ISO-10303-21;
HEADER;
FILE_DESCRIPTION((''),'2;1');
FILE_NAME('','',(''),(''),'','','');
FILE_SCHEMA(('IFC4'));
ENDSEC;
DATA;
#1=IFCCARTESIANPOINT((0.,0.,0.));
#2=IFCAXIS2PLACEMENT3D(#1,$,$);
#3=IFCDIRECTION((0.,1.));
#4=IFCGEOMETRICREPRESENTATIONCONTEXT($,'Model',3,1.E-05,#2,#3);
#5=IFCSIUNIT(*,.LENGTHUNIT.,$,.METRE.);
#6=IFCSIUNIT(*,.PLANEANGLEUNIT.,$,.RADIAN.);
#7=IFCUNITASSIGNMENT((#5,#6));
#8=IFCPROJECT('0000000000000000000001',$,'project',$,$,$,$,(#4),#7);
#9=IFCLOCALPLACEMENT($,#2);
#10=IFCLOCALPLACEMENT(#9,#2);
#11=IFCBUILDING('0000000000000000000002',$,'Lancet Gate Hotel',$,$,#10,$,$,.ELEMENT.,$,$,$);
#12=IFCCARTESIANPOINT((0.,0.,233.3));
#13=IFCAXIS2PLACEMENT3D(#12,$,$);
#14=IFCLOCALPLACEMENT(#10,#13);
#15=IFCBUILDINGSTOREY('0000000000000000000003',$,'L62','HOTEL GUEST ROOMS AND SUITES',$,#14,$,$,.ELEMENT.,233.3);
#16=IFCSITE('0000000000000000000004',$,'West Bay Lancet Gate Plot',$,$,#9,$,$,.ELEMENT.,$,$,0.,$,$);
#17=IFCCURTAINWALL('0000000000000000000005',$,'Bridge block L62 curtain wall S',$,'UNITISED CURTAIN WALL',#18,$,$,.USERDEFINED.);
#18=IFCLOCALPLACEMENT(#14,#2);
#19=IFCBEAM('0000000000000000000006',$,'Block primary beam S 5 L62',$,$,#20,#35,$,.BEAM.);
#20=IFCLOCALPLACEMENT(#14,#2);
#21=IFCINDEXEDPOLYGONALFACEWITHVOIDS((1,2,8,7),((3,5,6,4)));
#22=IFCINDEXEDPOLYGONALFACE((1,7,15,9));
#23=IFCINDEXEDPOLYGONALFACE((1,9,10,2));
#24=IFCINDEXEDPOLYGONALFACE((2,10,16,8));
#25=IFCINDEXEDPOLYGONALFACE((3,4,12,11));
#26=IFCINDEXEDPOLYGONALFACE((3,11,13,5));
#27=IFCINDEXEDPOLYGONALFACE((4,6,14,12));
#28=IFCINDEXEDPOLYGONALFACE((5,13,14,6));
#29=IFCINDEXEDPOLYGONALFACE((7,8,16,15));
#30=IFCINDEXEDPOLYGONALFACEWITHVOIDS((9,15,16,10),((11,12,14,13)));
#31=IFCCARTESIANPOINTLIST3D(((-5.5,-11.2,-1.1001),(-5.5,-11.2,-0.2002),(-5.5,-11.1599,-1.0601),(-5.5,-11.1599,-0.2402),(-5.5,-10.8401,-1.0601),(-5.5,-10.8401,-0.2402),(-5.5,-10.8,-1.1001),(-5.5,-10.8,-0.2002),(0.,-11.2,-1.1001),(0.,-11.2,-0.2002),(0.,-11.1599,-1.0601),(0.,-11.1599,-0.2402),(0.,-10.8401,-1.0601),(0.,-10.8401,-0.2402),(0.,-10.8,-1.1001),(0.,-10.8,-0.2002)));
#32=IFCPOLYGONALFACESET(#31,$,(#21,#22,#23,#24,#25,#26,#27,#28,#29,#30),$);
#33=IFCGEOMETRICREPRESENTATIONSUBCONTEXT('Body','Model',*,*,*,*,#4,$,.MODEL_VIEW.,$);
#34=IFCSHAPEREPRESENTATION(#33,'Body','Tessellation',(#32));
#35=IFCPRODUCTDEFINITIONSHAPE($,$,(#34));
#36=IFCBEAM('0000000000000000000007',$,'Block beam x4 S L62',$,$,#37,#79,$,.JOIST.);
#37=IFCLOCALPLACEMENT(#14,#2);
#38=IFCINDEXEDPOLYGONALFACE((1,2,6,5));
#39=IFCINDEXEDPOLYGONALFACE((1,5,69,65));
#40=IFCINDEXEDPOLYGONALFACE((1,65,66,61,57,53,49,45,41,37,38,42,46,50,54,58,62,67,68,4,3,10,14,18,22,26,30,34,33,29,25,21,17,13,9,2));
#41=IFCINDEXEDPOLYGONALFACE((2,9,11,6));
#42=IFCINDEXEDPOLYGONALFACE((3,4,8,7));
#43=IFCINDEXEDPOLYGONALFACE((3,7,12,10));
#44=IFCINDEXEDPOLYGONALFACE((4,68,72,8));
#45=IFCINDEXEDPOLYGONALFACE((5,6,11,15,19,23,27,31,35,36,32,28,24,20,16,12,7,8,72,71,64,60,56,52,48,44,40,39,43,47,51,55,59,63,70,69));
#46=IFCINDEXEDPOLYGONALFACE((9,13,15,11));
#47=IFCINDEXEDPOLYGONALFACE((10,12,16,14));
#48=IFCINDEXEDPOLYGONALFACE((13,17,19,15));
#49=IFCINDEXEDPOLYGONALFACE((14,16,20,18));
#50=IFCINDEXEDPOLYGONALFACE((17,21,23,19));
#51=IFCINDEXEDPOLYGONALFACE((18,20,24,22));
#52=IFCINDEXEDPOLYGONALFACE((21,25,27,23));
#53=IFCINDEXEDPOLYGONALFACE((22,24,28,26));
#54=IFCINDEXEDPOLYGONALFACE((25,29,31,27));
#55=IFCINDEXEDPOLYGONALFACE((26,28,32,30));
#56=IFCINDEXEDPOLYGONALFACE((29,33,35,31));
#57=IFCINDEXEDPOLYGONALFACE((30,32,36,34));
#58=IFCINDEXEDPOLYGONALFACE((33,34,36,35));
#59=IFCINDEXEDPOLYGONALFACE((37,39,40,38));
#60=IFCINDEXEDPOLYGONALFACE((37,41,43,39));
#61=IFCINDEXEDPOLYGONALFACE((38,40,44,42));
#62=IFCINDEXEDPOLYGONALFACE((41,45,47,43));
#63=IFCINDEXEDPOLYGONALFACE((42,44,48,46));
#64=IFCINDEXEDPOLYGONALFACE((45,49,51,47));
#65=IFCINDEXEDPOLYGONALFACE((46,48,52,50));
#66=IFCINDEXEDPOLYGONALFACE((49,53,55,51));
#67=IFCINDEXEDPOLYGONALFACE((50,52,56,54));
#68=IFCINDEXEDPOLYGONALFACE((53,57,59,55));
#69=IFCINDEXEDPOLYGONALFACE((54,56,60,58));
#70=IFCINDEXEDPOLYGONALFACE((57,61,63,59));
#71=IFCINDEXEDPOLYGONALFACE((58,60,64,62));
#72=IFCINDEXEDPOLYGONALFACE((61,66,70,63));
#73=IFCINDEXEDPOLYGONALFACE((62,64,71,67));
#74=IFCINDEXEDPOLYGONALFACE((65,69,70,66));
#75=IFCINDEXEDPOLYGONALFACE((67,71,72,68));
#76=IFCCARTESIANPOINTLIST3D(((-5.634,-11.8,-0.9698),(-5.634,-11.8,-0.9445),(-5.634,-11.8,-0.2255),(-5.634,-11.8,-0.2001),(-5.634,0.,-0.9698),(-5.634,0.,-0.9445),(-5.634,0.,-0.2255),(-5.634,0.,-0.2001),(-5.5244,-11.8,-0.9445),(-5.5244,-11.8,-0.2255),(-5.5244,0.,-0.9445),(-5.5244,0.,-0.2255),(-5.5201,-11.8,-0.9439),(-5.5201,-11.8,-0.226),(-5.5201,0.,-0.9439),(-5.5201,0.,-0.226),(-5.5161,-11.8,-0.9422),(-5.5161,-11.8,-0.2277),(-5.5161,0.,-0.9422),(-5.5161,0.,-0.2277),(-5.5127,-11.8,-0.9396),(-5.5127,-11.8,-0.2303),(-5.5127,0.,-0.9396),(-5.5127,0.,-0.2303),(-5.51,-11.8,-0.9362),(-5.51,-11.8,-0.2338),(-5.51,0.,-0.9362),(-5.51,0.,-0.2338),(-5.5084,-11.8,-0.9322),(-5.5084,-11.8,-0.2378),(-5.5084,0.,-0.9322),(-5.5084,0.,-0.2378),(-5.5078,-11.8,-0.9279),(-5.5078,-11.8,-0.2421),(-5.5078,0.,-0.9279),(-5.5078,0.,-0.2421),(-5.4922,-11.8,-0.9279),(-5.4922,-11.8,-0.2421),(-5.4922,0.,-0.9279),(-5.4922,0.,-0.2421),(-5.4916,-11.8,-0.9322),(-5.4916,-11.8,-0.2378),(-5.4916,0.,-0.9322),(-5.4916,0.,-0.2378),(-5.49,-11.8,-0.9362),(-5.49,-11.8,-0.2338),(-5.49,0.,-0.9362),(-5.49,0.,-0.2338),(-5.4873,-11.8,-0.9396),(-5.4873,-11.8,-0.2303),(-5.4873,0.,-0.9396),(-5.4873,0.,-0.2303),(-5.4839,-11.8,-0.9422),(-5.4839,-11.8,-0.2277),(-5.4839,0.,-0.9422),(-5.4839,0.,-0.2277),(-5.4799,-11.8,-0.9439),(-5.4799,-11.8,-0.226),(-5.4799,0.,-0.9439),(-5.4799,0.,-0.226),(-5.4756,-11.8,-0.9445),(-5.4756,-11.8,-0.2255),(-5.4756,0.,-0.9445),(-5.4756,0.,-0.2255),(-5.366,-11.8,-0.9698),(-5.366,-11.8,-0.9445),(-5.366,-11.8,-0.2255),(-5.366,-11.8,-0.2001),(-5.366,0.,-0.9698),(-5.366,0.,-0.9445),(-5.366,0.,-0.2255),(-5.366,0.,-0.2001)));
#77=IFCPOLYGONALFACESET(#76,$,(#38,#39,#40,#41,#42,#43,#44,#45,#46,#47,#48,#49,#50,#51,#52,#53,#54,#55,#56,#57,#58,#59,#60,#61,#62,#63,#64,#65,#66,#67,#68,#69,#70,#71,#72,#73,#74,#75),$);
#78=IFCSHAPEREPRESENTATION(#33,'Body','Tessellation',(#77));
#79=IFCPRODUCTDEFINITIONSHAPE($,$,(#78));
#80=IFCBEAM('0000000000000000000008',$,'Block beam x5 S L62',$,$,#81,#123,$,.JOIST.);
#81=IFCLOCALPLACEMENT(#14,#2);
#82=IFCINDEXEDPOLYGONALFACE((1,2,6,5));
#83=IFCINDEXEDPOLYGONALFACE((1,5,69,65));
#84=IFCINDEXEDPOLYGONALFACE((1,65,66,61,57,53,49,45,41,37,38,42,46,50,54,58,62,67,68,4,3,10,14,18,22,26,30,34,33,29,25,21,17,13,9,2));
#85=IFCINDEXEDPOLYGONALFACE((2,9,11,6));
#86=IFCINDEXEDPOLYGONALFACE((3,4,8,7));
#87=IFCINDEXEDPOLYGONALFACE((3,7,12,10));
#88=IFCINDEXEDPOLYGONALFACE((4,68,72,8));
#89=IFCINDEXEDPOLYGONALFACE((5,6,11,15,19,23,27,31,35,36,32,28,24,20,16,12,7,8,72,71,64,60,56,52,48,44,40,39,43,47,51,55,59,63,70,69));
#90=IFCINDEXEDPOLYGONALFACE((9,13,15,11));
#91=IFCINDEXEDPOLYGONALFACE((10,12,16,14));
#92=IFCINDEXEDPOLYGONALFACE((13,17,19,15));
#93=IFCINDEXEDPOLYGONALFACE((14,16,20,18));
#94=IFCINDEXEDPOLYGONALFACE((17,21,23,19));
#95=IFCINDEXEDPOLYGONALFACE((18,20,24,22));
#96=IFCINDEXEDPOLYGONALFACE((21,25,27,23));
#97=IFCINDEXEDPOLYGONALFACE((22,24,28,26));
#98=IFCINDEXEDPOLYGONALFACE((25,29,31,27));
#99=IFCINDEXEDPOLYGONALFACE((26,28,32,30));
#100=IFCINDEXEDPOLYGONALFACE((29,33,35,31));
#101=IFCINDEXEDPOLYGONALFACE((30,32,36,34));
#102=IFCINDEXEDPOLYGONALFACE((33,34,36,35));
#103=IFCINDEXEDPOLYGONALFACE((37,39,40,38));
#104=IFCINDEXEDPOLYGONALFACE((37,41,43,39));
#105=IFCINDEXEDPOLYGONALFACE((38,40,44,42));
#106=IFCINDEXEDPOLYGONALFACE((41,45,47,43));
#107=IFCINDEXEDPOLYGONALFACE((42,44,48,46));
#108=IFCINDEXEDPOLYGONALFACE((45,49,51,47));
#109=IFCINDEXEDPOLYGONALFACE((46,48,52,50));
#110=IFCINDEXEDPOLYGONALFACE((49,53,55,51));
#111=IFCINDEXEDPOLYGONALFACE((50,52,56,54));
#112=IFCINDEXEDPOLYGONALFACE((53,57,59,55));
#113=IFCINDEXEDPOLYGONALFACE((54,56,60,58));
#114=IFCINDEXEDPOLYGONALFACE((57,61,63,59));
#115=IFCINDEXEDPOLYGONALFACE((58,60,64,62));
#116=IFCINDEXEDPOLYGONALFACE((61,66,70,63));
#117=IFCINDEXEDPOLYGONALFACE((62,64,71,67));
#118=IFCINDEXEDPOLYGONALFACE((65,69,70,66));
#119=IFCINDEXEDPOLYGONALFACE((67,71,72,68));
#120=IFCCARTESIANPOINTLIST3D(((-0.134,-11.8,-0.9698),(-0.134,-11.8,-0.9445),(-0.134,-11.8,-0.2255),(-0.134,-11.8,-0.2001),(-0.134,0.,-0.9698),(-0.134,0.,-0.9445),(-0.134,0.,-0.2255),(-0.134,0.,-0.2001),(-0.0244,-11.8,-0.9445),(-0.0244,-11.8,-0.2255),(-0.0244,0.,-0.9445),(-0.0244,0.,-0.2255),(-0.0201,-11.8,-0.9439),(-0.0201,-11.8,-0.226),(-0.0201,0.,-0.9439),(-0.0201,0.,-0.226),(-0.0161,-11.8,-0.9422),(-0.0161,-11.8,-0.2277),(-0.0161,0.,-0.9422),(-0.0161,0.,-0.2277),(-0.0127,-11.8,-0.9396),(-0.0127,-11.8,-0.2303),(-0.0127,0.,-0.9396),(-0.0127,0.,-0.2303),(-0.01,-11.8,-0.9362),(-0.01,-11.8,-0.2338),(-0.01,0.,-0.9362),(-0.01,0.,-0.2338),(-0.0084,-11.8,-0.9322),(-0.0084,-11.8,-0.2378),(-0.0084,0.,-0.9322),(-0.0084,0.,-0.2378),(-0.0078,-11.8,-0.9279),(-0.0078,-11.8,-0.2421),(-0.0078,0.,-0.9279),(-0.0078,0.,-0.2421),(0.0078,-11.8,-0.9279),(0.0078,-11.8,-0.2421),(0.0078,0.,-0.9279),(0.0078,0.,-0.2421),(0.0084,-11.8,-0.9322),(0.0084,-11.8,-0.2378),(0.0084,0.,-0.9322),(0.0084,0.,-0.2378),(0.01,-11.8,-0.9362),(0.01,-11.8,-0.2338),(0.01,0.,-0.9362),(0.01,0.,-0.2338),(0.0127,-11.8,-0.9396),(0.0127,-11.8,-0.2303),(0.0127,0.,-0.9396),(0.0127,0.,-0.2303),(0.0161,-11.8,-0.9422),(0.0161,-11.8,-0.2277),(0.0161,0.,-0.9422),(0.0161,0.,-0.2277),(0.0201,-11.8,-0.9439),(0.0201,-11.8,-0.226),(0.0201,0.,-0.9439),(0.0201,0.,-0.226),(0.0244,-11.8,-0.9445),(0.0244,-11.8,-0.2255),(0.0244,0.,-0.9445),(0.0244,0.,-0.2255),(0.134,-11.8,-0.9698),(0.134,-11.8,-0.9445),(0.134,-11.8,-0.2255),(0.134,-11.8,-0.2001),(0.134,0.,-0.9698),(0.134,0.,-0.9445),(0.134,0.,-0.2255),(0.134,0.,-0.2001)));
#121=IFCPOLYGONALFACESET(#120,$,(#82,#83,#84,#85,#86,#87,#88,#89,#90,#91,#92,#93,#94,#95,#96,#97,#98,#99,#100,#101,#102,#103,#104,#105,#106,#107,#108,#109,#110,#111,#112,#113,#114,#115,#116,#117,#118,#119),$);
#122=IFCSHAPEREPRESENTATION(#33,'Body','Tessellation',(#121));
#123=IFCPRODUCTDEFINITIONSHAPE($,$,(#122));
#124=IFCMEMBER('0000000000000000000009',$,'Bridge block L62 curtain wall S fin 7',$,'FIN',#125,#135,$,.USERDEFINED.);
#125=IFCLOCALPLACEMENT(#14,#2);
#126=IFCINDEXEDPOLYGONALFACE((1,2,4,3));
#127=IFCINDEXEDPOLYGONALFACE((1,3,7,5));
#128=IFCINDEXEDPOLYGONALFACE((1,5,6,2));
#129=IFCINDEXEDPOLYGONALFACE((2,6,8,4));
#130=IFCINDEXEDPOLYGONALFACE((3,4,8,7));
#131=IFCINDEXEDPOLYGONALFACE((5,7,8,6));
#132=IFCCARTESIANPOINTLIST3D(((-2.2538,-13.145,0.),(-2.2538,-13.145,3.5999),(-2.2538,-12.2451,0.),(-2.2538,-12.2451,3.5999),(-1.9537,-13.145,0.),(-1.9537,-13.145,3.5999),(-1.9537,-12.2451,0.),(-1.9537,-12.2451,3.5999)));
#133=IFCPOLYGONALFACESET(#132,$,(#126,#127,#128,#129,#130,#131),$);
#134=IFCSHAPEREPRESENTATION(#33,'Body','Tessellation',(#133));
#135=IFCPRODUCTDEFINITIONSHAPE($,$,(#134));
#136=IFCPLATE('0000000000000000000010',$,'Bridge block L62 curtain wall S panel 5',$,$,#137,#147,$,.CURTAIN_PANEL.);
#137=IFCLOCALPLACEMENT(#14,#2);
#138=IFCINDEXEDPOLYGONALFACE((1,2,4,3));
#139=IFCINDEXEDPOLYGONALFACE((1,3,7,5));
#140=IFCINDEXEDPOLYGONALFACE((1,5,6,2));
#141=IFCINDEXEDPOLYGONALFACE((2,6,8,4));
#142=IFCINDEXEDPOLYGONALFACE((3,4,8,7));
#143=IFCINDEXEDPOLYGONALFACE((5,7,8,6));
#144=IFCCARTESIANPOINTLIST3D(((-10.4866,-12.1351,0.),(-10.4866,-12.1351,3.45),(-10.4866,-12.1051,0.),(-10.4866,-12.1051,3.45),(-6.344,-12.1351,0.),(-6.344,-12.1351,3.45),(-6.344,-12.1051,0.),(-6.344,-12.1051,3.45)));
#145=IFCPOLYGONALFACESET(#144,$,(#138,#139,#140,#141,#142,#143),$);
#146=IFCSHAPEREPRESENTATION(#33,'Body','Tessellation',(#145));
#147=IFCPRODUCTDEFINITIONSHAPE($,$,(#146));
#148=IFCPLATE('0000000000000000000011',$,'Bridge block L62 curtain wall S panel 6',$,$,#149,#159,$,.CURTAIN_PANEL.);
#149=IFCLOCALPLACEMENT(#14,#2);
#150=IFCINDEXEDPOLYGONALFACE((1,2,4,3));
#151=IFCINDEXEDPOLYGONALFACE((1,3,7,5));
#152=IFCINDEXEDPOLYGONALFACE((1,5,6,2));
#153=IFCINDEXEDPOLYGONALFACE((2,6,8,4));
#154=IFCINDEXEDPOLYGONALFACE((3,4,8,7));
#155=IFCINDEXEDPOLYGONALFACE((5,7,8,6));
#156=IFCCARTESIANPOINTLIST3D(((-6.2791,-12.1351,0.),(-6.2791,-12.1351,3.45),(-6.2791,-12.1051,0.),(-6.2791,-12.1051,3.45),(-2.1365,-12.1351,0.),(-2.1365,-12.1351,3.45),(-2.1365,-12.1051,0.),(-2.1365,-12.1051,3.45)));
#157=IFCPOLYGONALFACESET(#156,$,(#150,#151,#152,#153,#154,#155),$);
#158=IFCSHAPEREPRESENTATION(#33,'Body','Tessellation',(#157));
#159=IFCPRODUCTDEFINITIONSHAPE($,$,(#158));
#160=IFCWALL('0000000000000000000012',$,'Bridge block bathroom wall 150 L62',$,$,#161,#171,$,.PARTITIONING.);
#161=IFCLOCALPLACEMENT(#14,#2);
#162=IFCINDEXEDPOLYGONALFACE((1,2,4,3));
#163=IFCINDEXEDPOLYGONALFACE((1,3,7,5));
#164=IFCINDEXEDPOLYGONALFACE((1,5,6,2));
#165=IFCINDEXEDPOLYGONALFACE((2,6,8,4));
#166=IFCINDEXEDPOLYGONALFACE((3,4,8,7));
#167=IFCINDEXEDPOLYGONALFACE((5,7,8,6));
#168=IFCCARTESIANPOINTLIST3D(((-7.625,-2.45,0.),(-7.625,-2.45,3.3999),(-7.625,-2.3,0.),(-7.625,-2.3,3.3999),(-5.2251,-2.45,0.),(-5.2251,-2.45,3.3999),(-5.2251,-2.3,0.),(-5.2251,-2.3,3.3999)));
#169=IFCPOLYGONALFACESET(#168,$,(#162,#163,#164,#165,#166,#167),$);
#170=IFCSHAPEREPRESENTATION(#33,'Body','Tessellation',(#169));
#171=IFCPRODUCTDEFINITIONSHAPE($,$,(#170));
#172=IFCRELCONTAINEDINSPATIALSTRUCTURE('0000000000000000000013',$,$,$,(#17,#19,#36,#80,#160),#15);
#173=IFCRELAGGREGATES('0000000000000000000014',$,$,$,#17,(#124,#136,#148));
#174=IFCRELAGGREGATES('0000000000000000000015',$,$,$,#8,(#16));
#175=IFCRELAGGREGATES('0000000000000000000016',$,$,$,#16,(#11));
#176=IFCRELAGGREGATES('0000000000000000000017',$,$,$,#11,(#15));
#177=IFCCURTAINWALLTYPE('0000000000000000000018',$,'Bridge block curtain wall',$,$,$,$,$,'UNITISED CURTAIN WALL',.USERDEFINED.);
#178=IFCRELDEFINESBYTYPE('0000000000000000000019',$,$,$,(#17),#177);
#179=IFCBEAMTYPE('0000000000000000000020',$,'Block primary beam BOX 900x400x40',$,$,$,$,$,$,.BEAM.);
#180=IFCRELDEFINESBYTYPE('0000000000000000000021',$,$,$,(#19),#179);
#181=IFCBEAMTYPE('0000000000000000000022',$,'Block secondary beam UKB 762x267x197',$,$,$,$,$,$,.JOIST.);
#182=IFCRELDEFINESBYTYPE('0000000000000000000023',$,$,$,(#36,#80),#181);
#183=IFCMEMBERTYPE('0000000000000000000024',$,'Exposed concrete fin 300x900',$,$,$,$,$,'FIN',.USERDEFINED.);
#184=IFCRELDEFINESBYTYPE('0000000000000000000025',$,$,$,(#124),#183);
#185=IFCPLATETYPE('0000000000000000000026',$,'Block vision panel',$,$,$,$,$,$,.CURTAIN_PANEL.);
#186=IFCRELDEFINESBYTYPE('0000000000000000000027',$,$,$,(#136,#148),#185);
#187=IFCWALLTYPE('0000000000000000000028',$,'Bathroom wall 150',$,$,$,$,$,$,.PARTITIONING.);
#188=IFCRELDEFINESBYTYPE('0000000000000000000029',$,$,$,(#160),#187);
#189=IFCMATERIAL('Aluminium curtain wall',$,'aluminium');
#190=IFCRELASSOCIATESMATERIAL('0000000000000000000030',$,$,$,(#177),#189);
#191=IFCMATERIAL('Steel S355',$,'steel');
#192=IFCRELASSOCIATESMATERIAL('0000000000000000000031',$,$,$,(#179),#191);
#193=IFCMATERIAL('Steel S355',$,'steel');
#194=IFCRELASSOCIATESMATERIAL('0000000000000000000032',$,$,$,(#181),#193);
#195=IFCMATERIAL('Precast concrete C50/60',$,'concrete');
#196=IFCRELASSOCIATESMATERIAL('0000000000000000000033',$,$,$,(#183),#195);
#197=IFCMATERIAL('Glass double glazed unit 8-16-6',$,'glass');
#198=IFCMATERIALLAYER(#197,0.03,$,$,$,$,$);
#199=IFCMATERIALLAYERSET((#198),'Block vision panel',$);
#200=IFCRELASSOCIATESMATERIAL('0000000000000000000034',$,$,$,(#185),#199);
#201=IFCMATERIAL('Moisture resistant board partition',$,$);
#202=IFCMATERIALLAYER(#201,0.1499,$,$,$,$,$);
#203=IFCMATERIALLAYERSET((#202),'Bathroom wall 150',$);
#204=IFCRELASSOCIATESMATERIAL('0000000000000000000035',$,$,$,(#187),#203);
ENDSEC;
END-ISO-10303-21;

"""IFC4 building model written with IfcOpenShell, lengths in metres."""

from ifc_helpers import new_model, si_unit, direction, frame, frame_2d, origin, origin_2d, place, context, subcontext, project, spatial, rectangle, hollow_rectangle, i_section, extrude, material, layer, layer_set, material_profile, profile_set, type_object, element, aggregate, save


model = new_model("IFC4")

# Units and contexts
model_context = context("Model", 3, precision=1e-05, world=origin(), true_north=direction((0.0, 1.0)))
body_context = subcontext(model_context, "Body", "Model", "MODEL_VIEW")
ifc_project = project(units=[si_unit("LENGTHUNIT", "METRE"), si_unit("PLANEANGLEUNIT", "RADIAN")], contexts=[model_context])

# Site, building, storey
site_placement = place(None, origin())
site = spatial("IfcSite", under=ifc_project, at=site_placement, Name="West Bay Lancet Gate Plot", CompositionType="ELEMENT", RefElevation=0.0)
building_placement = place(site_placement, origin())
building = spatial("IfcBuilding", under=site, at=building_placement, Name="Lancet Gate Hotel", CompositionType="ELEMENT")
storey_placement = place(building_placement, frame((0.0, 0.0, 233.3)))
storey = spatial("IfcBuildingStorey", under=building, at=storey_placement, Name="L62", Description="HOTEL GUEST ROOMS AND SUITES", CompositionType="ELEMENT", Elevation=233.3)

# Curtain wall
ifc_material_1 = material(Name="Aluminium curtain wall", Category="aluminium")
curtain_wall_type = type_object("IfcCurtainWallType", Name="Bridge block curtain wall", ElementType="UNITISED CURTAIN WALL", PredefinedType="USERDEFINED", material=ifc_material_1)
curtain_wall_placement = place(storey_placement, origin())
curtain_wall = element("IfcCurtainWall", 1, at=curtain_wall_placement, inside=storey, type_object=curtain_wall_type, Name="Bridge block L62 curtain wall S", ObjectType="UNITISED CURTAIN WALL", PredefinedType="USERDEFINED")

# Beams
ifc_material_2 = material(Name="Steel S355", Category="steel")
ifc_material_profile_1 = material_profile(ifc_material_2, hollow_rectangle(XDim=0.3999, YDim=0.8999, WallThickness=0.04, at=origin_2d()), Name="BOX 900x400x40")
ifc_profile_set_1 = profile_set([ifc_material_profile_1], Name="Steel S355")
beam_type_1 = type_object("IfcBeamType", Name="Block primary beam BOX 900x400x40", PredefinedType="BEAM", material=ifc_profile_set_1)
beam_1_placement = place(storey_placement, frame((-5.5, -11.0, -0.6501), z_axis=(1.0, 0.0, 0.0), x_axis=(0.0, 1.0, 0.0)))
element("IfcBeam", 2, at=beam_1_placement, inside=storey, type_object=beam_type_1, Name="Block primary beam S 5 L62", PredefinedType="BEAM", context=body_context, shape_type="SweptSolid", body=[
    extrude(hollow_rectangle(XDim=0.3999, YDim=0.8999, WallThickness=0.04, at=origin_2d()), origin(), (0.0, 0.0, 1.0), 5.5),
])
ifc_material_3 = material(Name="Steel S355", Category="steel")
ifc_material_profile_2 = material_profile(ifc_material_3, i_section(OverallWidth=0.2681, OverallDepth=0.7698, WebThickness=0.0156, FlangeThickness=0.0254, FilletRadius=0.0166, at=origin_2d()), Name="UKB 762x267x197")
ifc_profile_set_2 = profile_set([ifc_material_profile_2], Name="Steel S355")
beam_type_2 = type_object("IfcBeamType", Name="Block secondary beam UKB 762x267x197", PredefinedType="JOIST", material=ifc_profile_set_2)
for number, where, z_axis, x_axis, name in (
    (3, (-5.5, -11.8, -0.585), (0.0, 1.0, 0.0), (-1.0, 0.0, 0.0), "Block beam x4 S L62"),
    (4, (0.0, -11.8, -0.585), (0.0, 1.0, 0.0), (-1.0, 0.0, 0.0), "Block beam x5 S L62"),
):
    element("IfcBeam", number, at=place(storey_placement, frame(where, z_axis=z_axis, x_axis=x_axis)), inside=storey, type_object=beam_type_2, Name=name, PredefinedType="JOIST", context=body_context, shape_type="SweptSolid", body=[
        extrude(i_section(OverallWidth=0.2681, OverallDepth=0.7698, WebThickness=0.0156, FlangeThickness=0.0254, FilletRadius=0.0166, at=origin_2d()), origin(), (0.0, 0.0, 1.0), 11.8),
    ])

# Member
ifc_material_4 = material(Name="Precast concrete C50/60", Category="concrete")
ifc_material_profile_3 = material_profile(ifc_material_4, rectangle(XDim=0.3, YDim=0.8999, at=origin_2d()), Name="FIN 300x900")
ifc_profile_set_3 = profile_set([ifc_material_profile_3], Name="Precast concrete C50/60")
member_type_1 = type_object("IfcMemberType", Name="Exposed concrete fin 300x900", ElementType="FIN", PredefinedType="USERDEFINED", material=ifc_profile_set_3)
member_1_placement = place(storey_placement, frame((-2.1038, -12.6951, 0.0), z_axis=(0.0, 0.0, 1.0), x_axis=(1.0, 0.0, 0.0)))
member_1 = element("IfcMember", 5, at=member_1_placement, type_object=member_type_1, Name="Bridge block L62 curtain wall S fin 7", ObjectType="FIN", PredefinedType="USERDEFINED", context=body_context, shape_type="SweptSolid", body=[
    extrude(rectangle(XDim=0.3, YDim=0.8999, at=origin_2d()), origin(), (0.0, 0.0, 1.0), 3.5999),
])

# Plates
ifc_material_5 = material(Name="Glass double glazed unit 8-16-6", Category="glass")
ifc_layer_1 = layer(ifc_material_5, 0.03)
ifc_layer_set_1 = layer_set([ifc_layer_1], Name="Block vision panel")
plate_type = type_object("IfcPlateType", Name="Block vision panel", PredefinedType="CURTAIN_PANEL", material=ifc_layer_set_1)
plate_1_placement = place(storey_placement, frame((-8.4153, -12.1201, 0.0), z_axis=(0.0, 0.0, 1.0), x_axis=(1.0, 0.0, 0.0)))
plate_1 = element("IfcPlate", 6, at=plate_1_placement, type_object=plate_type, Name="Bridge block L62 curtain wall S panel 5", PredefinedType="CURTAIN_PANEL", context=body_context, shape_type="SweptSolid", body=[
    extrude(rectangle(XDim=4.1426, YDim=0.03, at=origin_2d()), origin(), (0.0, 0.0, 1.0), 3.45),
])
plate_2_placement = place(storey_placement, frame((-4.2078, -12.1201, 0.0), z_axis=(0.0, 0.0, 1.0), x_axis=(1.0, 0.0, 0.0)))
plate_2 = element("IfcPlate", 7, at=plate_2_placement, type_object=plate_type, Name="Bridge block L62 curtain wall S panel 6", PredefinedType="CURTAIN_PANEL", context=body_context, shape_type="SweptSolid", body=[
    extrude(rectangle(XDim=4.1426, YDim=0.03, at=origin_2d()), origin(), (0.0, 0.0, 1.0), 3.45),
])
aggregate(curtain_wall, [member_1, plate_1, plate_2])

# Wall
ifc_material_6 = material(Name="Moisture resistant board partition")
ifc_layer_2 = layer(ifc_material_6, 0.1499)
ifc_layer_set_2 = layer_set([ifc_layer_2], Name="Bathroom wall 150")
wall_type_1 = type_object("IfcWallType", Name="Bathroom wall 150", PredefinedType="PARTITIONING", material=ifc_layer_set_2)
wall_1_placement = place(storey_placement, frame((-7.625, -2.375, 0.0), z_axis=(0.0, 0.0, 1.0), x_axis=(1.0, 0.0, 0.0)))
element("IfcWall", 8, at=wall_1_placement, inside=storey, type_object=wall_type_1, Name="Bridge block bathroom wall 150 L62", PredefinedType="PARTITIONING", context=body_context, shape_type="SweptSolid", body=[
    extrude(rectangle(XDim=2.3999, YDim=0.1499, at=frame_2d((1.2, 0.0))), origin(), (0.0, 0.0, 1.0), 3.3999),
])

save(model, "model.ifc")
